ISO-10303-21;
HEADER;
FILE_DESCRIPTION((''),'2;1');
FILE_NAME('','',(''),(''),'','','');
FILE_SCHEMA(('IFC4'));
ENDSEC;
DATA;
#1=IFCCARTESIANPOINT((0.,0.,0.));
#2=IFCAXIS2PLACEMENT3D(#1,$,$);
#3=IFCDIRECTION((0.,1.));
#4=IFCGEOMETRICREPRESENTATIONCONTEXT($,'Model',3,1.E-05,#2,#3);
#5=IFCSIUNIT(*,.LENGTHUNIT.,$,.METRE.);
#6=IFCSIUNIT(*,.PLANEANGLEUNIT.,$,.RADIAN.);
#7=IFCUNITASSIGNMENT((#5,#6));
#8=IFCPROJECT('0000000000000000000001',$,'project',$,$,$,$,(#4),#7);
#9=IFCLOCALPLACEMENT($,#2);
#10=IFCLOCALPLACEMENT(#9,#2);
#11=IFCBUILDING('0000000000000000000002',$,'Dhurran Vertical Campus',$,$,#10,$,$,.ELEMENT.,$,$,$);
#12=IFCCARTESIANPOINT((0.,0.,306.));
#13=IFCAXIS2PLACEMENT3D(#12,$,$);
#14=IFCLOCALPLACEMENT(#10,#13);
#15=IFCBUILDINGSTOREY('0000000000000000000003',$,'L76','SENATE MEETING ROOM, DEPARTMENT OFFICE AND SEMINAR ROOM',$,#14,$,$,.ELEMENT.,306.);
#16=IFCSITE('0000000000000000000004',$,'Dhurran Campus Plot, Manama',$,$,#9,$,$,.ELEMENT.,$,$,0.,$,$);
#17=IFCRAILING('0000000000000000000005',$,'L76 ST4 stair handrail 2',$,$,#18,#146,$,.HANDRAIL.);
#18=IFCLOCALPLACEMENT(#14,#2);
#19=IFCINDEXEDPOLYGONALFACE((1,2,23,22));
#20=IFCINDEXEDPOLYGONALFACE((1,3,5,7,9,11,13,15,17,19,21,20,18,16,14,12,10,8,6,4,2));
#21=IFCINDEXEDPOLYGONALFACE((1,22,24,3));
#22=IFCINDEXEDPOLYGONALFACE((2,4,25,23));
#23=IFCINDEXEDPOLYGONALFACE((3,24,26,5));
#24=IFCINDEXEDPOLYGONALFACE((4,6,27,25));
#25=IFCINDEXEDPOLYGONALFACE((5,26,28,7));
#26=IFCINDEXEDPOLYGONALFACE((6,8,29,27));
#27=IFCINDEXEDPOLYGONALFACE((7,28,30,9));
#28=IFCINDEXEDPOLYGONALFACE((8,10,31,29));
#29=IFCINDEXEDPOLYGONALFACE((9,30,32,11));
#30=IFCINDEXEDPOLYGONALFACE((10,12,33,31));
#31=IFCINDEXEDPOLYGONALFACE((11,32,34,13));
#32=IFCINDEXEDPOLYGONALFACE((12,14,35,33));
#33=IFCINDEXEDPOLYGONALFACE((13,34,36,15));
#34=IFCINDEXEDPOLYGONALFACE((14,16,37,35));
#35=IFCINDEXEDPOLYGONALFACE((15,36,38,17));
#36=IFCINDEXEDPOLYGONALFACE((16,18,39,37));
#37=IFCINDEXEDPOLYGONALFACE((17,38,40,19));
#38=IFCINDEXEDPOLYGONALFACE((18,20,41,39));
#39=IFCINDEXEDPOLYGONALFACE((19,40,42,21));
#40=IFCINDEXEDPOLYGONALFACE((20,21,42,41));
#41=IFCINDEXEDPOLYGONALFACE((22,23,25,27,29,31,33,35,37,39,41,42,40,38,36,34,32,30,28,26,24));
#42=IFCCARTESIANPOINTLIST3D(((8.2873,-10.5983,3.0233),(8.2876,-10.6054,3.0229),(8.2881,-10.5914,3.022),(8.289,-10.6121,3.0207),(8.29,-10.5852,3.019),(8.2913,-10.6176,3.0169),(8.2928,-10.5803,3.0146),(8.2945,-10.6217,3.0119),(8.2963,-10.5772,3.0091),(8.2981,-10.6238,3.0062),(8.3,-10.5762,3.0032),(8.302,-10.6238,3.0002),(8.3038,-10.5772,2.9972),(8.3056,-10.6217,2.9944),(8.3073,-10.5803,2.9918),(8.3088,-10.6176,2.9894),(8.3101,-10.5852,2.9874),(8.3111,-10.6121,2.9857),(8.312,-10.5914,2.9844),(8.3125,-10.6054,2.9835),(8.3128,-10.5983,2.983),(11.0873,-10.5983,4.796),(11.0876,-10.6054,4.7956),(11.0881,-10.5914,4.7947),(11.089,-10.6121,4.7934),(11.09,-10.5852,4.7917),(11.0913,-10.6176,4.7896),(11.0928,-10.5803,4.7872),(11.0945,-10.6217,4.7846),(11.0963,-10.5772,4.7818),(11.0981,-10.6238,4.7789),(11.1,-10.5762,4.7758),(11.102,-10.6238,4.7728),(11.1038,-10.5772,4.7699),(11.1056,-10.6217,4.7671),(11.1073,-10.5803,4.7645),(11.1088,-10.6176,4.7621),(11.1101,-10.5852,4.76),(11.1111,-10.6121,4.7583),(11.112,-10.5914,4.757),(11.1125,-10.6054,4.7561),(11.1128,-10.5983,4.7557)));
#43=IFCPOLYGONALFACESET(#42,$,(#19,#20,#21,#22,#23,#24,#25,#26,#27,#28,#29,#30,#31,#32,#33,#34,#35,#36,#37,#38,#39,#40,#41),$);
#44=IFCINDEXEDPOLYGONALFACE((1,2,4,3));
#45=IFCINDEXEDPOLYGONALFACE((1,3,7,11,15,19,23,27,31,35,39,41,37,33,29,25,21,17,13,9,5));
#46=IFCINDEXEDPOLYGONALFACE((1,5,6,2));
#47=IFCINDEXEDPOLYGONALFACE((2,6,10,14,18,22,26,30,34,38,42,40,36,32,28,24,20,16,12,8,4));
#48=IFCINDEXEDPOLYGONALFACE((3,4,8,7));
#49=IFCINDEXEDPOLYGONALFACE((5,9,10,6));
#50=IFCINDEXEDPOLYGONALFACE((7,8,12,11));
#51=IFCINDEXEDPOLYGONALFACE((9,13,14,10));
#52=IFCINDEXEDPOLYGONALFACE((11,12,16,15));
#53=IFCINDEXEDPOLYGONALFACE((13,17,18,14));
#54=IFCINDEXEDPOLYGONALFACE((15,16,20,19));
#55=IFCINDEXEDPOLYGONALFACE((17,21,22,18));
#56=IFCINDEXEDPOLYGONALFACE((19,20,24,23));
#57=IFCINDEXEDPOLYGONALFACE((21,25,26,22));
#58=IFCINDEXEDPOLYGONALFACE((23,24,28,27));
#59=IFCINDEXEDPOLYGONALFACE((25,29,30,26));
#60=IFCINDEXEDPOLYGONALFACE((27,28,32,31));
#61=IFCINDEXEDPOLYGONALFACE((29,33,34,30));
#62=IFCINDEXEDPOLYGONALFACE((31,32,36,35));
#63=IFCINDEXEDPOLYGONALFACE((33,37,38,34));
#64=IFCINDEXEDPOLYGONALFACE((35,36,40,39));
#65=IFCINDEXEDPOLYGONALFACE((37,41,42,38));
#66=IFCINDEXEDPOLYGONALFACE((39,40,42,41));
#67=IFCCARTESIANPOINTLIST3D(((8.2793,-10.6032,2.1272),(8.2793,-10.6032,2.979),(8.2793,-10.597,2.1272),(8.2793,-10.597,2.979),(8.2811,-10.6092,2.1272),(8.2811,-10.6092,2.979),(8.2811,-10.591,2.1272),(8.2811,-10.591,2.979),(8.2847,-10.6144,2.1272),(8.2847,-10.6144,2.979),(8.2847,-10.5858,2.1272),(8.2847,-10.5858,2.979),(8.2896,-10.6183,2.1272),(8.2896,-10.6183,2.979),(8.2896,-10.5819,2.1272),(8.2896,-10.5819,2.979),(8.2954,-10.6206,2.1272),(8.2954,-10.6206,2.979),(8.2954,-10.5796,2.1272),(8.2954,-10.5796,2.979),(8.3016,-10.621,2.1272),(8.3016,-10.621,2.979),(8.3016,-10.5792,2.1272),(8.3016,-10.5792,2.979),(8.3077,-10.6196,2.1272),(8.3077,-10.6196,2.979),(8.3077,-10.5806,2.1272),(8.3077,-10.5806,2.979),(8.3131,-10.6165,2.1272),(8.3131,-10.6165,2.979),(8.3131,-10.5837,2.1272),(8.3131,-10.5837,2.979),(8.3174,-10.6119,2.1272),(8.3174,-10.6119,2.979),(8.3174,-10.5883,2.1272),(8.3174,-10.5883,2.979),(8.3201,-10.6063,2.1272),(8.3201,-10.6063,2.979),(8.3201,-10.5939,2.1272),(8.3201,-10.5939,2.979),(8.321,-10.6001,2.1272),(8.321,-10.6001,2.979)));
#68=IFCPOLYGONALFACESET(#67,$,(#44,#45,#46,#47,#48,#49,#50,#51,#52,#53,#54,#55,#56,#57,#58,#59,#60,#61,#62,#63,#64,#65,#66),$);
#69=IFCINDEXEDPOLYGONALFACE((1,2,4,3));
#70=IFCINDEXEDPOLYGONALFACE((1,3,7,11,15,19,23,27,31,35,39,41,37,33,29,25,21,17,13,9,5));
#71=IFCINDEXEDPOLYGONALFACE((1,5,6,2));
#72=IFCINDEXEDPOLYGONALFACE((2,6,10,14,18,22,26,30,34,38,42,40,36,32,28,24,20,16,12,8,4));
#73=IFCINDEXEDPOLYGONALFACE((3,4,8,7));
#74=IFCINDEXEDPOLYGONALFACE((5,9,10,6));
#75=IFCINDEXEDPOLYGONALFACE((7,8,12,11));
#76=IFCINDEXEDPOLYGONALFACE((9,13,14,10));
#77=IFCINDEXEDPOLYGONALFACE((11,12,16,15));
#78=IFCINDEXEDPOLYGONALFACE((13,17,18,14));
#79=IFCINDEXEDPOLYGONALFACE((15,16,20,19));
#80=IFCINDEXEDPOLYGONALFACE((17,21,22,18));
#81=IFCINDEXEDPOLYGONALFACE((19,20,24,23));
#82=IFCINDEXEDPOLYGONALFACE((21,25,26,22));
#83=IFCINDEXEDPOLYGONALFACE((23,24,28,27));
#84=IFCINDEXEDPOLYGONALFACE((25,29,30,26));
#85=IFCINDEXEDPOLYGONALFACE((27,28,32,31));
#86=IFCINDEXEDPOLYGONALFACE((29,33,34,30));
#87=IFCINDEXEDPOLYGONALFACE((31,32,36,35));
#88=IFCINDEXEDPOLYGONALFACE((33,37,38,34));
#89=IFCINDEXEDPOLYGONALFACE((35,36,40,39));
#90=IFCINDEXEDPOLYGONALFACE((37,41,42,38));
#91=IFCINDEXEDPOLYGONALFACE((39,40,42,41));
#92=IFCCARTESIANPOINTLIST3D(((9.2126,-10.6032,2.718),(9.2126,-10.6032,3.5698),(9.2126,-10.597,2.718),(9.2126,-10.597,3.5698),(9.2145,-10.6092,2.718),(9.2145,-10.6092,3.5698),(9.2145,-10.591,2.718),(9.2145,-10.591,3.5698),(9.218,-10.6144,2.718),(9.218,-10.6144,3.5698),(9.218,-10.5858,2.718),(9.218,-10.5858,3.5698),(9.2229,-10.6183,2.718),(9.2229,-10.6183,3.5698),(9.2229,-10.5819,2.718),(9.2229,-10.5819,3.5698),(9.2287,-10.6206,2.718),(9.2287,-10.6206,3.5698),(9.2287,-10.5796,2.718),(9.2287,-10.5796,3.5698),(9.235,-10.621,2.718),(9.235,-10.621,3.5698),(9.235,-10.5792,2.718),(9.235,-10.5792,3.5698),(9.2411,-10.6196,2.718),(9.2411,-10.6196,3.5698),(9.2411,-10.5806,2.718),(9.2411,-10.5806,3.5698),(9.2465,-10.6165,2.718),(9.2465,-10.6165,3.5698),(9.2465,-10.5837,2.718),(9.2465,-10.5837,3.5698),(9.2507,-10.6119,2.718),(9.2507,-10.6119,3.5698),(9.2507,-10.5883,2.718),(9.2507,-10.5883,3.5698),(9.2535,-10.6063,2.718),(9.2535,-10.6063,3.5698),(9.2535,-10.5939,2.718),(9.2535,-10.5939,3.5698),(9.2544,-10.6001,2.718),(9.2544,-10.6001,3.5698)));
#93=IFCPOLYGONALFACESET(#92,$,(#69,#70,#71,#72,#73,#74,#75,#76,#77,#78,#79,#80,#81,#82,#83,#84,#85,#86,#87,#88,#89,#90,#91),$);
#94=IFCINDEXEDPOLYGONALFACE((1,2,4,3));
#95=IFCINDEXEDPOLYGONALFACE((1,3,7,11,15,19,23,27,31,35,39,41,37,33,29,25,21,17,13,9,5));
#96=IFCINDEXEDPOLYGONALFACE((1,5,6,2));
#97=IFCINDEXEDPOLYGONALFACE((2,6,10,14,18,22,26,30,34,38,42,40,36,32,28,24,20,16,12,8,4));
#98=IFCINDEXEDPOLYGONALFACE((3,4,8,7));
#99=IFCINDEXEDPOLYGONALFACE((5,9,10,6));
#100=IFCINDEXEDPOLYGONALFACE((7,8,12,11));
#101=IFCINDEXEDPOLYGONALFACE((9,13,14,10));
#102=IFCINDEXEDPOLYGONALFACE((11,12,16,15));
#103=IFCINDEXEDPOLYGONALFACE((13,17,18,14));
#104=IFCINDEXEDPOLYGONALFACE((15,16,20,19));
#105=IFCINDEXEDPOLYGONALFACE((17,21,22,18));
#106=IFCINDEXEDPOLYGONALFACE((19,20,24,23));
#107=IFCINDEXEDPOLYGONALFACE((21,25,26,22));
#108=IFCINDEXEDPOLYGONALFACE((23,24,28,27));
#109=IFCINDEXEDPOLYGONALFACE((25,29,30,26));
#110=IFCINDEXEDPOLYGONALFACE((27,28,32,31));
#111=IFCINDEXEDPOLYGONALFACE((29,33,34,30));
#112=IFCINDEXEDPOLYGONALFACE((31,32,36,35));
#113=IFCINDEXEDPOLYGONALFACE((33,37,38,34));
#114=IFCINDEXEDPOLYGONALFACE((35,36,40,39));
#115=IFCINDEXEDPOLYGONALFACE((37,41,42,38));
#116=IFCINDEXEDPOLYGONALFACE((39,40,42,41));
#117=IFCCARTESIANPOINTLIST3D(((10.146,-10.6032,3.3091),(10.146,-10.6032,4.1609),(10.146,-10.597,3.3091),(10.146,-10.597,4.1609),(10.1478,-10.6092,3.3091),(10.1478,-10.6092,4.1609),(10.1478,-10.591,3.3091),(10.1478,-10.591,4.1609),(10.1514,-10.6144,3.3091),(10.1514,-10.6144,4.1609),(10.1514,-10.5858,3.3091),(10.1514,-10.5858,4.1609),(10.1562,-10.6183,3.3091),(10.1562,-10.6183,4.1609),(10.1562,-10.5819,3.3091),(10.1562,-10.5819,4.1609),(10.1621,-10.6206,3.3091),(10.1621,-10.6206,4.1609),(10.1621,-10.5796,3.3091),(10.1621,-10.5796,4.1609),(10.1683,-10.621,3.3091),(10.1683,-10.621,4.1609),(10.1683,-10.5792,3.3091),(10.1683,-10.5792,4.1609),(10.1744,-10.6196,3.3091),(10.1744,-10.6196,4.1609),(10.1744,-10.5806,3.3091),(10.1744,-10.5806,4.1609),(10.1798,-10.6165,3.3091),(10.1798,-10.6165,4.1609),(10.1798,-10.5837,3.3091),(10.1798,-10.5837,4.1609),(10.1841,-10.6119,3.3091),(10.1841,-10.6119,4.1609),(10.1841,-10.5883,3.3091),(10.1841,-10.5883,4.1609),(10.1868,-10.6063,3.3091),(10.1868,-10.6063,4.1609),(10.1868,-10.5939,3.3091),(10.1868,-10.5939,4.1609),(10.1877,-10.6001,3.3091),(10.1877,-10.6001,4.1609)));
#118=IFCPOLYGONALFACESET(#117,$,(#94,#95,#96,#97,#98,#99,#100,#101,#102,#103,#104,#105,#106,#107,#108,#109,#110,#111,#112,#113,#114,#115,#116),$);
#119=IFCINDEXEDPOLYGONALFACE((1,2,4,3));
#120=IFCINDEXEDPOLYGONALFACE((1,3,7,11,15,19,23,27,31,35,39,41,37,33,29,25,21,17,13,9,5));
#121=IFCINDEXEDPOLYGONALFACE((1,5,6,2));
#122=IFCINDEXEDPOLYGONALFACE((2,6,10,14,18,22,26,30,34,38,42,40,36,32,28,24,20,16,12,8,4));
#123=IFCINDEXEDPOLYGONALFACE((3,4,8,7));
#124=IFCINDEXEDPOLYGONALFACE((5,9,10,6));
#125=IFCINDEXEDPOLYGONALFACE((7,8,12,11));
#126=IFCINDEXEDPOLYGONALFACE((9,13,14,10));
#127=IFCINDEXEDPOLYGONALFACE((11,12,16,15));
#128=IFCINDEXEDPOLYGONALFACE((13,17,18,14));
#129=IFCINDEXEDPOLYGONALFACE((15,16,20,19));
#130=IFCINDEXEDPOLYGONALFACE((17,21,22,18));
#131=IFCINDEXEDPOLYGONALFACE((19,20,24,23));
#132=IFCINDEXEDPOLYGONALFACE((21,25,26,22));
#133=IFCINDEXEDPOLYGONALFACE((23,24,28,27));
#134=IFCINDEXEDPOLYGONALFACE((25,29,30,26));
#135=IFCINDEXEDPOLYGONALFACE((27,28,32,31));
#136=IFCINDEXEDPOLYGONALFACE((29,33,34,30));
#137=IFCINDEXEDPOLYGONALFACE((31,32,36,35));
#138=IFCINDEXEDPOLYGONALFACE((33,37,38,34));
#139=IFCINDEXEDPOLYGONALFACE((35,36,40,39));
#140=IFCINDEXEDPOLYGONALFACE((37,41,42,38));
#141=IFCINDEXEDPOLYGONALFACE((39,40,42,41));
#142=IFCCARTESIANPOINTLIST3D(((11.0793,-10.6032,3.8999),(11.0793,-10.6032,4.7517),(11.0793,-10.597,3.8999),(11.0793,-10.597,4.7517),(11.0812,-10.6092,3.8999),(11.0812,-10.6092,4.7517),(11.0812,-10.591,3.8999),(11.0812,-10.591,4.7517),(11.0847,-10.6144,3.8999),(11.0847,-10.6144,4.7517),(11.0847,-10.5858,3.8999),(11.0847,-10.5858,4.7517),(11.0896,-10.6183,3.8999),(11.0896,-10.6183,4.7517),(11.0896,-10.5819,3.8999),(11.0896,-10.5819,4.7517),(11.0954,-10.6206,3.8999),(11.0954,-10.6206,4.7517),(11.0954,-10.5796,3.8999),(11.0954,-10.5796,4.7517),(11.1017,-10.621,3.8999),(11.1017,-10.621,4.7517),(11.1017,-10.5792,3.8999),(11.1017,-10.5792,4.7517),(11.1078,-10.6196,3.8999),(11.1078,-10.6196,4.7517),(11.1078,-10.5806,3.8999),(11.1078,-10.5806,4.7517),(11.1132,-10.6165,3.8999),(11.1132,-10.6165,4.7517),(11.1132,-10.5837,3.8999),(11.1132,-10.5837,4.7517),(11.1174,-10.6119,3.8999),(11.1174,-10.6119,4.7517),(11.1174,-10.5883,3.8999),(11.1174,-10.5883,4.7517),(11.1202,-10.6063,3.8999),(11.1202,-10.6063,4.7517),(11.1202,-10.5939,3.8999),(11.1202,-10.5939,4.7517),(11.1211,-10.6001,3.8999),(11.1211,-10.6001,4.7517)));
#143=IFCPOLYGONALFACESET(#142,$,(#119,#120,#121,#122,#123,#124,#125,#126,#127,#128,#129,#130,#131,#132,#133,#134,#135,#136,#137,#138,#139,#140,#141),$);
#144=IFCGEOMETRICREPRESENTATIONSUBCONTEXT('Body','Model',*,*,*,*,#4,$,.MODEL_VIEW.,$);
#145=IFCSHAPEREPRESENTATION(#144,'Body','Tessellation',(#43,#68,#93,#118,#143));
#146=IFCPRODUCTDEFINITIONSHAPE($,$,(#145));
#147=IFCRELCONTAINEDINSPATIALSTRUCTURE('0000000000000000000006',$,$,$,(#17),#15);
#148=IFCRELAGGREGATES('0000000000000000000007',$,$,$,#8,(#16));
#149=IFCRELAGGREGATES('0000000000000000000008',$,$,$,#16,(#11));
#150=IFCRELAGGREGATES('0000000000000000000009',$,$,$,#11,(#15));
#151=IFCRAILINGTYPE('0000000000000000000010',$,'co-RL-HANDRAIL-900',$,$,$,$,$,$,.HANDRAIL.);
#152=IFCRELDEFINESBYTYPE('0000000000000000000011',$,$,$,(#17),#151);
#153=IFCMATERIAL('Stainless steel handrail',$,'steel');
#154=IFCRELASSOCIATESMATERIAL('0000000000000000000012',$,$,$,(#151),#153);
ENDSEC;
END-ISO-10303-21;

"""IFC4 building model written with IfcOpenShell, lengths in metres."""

from ifc_helpers import new_model, si_unit, direction, frame, origin, origin_2d, place, context, subcontext, project, spatial, circle, extrude, material, type_object, element, save


model = new_model("IFC4")

# Units and contexts
model_context = context("Model", 3, precision=1e-05, world=origin(), true_north=direction((0.0, 1.0)))
body_context = subcontext(model_context, "Body", "Model", "MODEL_VIEW")
ifc_project = project(units=[si_unit("LENGTHUNIT", "METRE"), si_unit("PLANEANGLEUNIT", "RADIAN")], contexts=[model_context])

# Site, building, storey
site_placement = place(None, origin())
site = spatial("IfcSite", under=ifc_project, at=site_placement, Name="Dhurran Campus Plot, Manama", CompositionType="ELEMENT", RefElevation=0.0)
building_placement = place(site_placement, origin())
building = spatial("IfcBuilding", under=site, at=building_placement, Name="Dhurran Vertical Campus", CompositionType="ELEMENT")
storey_placement = place(building_placement, frame((0.0, 0.0, 306.0)))
storey = spatial("IfcBuildingStorey", under=building, at=storey_placement, Name="L76", Description="SENATE MEETING ROOM, DEPARTMENT OFFICE AND SEMINAR ROOM", CompositionType="ELEMENT", Elevation=306.0)

# Railing
ifc_material_1 = material(Name="Stainless steel handrail", Category="steel")
railing_type_1 = type_object("IfcRailingType", Name="co-RL-HANDRAIL-900", PredefinedType="HANDRAIL", material=ifc_material_1)
railing_1_placement = place(storey_placement, frame((8.3, -10.6001, 2.1272)))
element("IfcRailing", 1, at=railing_1_placement, inside=storey, type_object=railing_type_1, Name="L76 ST4 stair handrail 2", PredefinedType="HANDRAIL", context=body_context, shape_type="SweptSolid", body=[
    extrude(circle(Radius=0.0239, at=origin_2d()), frame((0.0, 0.0, 0.876), z_axis=(0.844909, 0.0, 0.53491), x_axis=(0.0, 1.0, 0.0)), (0.0, 0.0, 1.0), 3.314),
    extrude(circle(Radius=0.021, at=origin_2d()), origin(), (0.0, 0.0, 1.0), 0.8518),
    extrude(circle(Radius=0.021, at=origin_2d()), frame((0.9333, 0.0, 0.5908)), (0.0, 0.0, 1.0), 0.8518),
    extrude(circle(Radius=0.021, at=origin_2d()), frame((1.8667, 0.0, 1.1819)), (0.0, 0.0, 1.0), 0.8518),
    extrude(circle(Radius=0.021, at=origin_2d()), frame((2.8, 0.0, 1.7727)), (0.0, 0.0, 1.0), 0.8518),
])

save(model, "model.ifc")
